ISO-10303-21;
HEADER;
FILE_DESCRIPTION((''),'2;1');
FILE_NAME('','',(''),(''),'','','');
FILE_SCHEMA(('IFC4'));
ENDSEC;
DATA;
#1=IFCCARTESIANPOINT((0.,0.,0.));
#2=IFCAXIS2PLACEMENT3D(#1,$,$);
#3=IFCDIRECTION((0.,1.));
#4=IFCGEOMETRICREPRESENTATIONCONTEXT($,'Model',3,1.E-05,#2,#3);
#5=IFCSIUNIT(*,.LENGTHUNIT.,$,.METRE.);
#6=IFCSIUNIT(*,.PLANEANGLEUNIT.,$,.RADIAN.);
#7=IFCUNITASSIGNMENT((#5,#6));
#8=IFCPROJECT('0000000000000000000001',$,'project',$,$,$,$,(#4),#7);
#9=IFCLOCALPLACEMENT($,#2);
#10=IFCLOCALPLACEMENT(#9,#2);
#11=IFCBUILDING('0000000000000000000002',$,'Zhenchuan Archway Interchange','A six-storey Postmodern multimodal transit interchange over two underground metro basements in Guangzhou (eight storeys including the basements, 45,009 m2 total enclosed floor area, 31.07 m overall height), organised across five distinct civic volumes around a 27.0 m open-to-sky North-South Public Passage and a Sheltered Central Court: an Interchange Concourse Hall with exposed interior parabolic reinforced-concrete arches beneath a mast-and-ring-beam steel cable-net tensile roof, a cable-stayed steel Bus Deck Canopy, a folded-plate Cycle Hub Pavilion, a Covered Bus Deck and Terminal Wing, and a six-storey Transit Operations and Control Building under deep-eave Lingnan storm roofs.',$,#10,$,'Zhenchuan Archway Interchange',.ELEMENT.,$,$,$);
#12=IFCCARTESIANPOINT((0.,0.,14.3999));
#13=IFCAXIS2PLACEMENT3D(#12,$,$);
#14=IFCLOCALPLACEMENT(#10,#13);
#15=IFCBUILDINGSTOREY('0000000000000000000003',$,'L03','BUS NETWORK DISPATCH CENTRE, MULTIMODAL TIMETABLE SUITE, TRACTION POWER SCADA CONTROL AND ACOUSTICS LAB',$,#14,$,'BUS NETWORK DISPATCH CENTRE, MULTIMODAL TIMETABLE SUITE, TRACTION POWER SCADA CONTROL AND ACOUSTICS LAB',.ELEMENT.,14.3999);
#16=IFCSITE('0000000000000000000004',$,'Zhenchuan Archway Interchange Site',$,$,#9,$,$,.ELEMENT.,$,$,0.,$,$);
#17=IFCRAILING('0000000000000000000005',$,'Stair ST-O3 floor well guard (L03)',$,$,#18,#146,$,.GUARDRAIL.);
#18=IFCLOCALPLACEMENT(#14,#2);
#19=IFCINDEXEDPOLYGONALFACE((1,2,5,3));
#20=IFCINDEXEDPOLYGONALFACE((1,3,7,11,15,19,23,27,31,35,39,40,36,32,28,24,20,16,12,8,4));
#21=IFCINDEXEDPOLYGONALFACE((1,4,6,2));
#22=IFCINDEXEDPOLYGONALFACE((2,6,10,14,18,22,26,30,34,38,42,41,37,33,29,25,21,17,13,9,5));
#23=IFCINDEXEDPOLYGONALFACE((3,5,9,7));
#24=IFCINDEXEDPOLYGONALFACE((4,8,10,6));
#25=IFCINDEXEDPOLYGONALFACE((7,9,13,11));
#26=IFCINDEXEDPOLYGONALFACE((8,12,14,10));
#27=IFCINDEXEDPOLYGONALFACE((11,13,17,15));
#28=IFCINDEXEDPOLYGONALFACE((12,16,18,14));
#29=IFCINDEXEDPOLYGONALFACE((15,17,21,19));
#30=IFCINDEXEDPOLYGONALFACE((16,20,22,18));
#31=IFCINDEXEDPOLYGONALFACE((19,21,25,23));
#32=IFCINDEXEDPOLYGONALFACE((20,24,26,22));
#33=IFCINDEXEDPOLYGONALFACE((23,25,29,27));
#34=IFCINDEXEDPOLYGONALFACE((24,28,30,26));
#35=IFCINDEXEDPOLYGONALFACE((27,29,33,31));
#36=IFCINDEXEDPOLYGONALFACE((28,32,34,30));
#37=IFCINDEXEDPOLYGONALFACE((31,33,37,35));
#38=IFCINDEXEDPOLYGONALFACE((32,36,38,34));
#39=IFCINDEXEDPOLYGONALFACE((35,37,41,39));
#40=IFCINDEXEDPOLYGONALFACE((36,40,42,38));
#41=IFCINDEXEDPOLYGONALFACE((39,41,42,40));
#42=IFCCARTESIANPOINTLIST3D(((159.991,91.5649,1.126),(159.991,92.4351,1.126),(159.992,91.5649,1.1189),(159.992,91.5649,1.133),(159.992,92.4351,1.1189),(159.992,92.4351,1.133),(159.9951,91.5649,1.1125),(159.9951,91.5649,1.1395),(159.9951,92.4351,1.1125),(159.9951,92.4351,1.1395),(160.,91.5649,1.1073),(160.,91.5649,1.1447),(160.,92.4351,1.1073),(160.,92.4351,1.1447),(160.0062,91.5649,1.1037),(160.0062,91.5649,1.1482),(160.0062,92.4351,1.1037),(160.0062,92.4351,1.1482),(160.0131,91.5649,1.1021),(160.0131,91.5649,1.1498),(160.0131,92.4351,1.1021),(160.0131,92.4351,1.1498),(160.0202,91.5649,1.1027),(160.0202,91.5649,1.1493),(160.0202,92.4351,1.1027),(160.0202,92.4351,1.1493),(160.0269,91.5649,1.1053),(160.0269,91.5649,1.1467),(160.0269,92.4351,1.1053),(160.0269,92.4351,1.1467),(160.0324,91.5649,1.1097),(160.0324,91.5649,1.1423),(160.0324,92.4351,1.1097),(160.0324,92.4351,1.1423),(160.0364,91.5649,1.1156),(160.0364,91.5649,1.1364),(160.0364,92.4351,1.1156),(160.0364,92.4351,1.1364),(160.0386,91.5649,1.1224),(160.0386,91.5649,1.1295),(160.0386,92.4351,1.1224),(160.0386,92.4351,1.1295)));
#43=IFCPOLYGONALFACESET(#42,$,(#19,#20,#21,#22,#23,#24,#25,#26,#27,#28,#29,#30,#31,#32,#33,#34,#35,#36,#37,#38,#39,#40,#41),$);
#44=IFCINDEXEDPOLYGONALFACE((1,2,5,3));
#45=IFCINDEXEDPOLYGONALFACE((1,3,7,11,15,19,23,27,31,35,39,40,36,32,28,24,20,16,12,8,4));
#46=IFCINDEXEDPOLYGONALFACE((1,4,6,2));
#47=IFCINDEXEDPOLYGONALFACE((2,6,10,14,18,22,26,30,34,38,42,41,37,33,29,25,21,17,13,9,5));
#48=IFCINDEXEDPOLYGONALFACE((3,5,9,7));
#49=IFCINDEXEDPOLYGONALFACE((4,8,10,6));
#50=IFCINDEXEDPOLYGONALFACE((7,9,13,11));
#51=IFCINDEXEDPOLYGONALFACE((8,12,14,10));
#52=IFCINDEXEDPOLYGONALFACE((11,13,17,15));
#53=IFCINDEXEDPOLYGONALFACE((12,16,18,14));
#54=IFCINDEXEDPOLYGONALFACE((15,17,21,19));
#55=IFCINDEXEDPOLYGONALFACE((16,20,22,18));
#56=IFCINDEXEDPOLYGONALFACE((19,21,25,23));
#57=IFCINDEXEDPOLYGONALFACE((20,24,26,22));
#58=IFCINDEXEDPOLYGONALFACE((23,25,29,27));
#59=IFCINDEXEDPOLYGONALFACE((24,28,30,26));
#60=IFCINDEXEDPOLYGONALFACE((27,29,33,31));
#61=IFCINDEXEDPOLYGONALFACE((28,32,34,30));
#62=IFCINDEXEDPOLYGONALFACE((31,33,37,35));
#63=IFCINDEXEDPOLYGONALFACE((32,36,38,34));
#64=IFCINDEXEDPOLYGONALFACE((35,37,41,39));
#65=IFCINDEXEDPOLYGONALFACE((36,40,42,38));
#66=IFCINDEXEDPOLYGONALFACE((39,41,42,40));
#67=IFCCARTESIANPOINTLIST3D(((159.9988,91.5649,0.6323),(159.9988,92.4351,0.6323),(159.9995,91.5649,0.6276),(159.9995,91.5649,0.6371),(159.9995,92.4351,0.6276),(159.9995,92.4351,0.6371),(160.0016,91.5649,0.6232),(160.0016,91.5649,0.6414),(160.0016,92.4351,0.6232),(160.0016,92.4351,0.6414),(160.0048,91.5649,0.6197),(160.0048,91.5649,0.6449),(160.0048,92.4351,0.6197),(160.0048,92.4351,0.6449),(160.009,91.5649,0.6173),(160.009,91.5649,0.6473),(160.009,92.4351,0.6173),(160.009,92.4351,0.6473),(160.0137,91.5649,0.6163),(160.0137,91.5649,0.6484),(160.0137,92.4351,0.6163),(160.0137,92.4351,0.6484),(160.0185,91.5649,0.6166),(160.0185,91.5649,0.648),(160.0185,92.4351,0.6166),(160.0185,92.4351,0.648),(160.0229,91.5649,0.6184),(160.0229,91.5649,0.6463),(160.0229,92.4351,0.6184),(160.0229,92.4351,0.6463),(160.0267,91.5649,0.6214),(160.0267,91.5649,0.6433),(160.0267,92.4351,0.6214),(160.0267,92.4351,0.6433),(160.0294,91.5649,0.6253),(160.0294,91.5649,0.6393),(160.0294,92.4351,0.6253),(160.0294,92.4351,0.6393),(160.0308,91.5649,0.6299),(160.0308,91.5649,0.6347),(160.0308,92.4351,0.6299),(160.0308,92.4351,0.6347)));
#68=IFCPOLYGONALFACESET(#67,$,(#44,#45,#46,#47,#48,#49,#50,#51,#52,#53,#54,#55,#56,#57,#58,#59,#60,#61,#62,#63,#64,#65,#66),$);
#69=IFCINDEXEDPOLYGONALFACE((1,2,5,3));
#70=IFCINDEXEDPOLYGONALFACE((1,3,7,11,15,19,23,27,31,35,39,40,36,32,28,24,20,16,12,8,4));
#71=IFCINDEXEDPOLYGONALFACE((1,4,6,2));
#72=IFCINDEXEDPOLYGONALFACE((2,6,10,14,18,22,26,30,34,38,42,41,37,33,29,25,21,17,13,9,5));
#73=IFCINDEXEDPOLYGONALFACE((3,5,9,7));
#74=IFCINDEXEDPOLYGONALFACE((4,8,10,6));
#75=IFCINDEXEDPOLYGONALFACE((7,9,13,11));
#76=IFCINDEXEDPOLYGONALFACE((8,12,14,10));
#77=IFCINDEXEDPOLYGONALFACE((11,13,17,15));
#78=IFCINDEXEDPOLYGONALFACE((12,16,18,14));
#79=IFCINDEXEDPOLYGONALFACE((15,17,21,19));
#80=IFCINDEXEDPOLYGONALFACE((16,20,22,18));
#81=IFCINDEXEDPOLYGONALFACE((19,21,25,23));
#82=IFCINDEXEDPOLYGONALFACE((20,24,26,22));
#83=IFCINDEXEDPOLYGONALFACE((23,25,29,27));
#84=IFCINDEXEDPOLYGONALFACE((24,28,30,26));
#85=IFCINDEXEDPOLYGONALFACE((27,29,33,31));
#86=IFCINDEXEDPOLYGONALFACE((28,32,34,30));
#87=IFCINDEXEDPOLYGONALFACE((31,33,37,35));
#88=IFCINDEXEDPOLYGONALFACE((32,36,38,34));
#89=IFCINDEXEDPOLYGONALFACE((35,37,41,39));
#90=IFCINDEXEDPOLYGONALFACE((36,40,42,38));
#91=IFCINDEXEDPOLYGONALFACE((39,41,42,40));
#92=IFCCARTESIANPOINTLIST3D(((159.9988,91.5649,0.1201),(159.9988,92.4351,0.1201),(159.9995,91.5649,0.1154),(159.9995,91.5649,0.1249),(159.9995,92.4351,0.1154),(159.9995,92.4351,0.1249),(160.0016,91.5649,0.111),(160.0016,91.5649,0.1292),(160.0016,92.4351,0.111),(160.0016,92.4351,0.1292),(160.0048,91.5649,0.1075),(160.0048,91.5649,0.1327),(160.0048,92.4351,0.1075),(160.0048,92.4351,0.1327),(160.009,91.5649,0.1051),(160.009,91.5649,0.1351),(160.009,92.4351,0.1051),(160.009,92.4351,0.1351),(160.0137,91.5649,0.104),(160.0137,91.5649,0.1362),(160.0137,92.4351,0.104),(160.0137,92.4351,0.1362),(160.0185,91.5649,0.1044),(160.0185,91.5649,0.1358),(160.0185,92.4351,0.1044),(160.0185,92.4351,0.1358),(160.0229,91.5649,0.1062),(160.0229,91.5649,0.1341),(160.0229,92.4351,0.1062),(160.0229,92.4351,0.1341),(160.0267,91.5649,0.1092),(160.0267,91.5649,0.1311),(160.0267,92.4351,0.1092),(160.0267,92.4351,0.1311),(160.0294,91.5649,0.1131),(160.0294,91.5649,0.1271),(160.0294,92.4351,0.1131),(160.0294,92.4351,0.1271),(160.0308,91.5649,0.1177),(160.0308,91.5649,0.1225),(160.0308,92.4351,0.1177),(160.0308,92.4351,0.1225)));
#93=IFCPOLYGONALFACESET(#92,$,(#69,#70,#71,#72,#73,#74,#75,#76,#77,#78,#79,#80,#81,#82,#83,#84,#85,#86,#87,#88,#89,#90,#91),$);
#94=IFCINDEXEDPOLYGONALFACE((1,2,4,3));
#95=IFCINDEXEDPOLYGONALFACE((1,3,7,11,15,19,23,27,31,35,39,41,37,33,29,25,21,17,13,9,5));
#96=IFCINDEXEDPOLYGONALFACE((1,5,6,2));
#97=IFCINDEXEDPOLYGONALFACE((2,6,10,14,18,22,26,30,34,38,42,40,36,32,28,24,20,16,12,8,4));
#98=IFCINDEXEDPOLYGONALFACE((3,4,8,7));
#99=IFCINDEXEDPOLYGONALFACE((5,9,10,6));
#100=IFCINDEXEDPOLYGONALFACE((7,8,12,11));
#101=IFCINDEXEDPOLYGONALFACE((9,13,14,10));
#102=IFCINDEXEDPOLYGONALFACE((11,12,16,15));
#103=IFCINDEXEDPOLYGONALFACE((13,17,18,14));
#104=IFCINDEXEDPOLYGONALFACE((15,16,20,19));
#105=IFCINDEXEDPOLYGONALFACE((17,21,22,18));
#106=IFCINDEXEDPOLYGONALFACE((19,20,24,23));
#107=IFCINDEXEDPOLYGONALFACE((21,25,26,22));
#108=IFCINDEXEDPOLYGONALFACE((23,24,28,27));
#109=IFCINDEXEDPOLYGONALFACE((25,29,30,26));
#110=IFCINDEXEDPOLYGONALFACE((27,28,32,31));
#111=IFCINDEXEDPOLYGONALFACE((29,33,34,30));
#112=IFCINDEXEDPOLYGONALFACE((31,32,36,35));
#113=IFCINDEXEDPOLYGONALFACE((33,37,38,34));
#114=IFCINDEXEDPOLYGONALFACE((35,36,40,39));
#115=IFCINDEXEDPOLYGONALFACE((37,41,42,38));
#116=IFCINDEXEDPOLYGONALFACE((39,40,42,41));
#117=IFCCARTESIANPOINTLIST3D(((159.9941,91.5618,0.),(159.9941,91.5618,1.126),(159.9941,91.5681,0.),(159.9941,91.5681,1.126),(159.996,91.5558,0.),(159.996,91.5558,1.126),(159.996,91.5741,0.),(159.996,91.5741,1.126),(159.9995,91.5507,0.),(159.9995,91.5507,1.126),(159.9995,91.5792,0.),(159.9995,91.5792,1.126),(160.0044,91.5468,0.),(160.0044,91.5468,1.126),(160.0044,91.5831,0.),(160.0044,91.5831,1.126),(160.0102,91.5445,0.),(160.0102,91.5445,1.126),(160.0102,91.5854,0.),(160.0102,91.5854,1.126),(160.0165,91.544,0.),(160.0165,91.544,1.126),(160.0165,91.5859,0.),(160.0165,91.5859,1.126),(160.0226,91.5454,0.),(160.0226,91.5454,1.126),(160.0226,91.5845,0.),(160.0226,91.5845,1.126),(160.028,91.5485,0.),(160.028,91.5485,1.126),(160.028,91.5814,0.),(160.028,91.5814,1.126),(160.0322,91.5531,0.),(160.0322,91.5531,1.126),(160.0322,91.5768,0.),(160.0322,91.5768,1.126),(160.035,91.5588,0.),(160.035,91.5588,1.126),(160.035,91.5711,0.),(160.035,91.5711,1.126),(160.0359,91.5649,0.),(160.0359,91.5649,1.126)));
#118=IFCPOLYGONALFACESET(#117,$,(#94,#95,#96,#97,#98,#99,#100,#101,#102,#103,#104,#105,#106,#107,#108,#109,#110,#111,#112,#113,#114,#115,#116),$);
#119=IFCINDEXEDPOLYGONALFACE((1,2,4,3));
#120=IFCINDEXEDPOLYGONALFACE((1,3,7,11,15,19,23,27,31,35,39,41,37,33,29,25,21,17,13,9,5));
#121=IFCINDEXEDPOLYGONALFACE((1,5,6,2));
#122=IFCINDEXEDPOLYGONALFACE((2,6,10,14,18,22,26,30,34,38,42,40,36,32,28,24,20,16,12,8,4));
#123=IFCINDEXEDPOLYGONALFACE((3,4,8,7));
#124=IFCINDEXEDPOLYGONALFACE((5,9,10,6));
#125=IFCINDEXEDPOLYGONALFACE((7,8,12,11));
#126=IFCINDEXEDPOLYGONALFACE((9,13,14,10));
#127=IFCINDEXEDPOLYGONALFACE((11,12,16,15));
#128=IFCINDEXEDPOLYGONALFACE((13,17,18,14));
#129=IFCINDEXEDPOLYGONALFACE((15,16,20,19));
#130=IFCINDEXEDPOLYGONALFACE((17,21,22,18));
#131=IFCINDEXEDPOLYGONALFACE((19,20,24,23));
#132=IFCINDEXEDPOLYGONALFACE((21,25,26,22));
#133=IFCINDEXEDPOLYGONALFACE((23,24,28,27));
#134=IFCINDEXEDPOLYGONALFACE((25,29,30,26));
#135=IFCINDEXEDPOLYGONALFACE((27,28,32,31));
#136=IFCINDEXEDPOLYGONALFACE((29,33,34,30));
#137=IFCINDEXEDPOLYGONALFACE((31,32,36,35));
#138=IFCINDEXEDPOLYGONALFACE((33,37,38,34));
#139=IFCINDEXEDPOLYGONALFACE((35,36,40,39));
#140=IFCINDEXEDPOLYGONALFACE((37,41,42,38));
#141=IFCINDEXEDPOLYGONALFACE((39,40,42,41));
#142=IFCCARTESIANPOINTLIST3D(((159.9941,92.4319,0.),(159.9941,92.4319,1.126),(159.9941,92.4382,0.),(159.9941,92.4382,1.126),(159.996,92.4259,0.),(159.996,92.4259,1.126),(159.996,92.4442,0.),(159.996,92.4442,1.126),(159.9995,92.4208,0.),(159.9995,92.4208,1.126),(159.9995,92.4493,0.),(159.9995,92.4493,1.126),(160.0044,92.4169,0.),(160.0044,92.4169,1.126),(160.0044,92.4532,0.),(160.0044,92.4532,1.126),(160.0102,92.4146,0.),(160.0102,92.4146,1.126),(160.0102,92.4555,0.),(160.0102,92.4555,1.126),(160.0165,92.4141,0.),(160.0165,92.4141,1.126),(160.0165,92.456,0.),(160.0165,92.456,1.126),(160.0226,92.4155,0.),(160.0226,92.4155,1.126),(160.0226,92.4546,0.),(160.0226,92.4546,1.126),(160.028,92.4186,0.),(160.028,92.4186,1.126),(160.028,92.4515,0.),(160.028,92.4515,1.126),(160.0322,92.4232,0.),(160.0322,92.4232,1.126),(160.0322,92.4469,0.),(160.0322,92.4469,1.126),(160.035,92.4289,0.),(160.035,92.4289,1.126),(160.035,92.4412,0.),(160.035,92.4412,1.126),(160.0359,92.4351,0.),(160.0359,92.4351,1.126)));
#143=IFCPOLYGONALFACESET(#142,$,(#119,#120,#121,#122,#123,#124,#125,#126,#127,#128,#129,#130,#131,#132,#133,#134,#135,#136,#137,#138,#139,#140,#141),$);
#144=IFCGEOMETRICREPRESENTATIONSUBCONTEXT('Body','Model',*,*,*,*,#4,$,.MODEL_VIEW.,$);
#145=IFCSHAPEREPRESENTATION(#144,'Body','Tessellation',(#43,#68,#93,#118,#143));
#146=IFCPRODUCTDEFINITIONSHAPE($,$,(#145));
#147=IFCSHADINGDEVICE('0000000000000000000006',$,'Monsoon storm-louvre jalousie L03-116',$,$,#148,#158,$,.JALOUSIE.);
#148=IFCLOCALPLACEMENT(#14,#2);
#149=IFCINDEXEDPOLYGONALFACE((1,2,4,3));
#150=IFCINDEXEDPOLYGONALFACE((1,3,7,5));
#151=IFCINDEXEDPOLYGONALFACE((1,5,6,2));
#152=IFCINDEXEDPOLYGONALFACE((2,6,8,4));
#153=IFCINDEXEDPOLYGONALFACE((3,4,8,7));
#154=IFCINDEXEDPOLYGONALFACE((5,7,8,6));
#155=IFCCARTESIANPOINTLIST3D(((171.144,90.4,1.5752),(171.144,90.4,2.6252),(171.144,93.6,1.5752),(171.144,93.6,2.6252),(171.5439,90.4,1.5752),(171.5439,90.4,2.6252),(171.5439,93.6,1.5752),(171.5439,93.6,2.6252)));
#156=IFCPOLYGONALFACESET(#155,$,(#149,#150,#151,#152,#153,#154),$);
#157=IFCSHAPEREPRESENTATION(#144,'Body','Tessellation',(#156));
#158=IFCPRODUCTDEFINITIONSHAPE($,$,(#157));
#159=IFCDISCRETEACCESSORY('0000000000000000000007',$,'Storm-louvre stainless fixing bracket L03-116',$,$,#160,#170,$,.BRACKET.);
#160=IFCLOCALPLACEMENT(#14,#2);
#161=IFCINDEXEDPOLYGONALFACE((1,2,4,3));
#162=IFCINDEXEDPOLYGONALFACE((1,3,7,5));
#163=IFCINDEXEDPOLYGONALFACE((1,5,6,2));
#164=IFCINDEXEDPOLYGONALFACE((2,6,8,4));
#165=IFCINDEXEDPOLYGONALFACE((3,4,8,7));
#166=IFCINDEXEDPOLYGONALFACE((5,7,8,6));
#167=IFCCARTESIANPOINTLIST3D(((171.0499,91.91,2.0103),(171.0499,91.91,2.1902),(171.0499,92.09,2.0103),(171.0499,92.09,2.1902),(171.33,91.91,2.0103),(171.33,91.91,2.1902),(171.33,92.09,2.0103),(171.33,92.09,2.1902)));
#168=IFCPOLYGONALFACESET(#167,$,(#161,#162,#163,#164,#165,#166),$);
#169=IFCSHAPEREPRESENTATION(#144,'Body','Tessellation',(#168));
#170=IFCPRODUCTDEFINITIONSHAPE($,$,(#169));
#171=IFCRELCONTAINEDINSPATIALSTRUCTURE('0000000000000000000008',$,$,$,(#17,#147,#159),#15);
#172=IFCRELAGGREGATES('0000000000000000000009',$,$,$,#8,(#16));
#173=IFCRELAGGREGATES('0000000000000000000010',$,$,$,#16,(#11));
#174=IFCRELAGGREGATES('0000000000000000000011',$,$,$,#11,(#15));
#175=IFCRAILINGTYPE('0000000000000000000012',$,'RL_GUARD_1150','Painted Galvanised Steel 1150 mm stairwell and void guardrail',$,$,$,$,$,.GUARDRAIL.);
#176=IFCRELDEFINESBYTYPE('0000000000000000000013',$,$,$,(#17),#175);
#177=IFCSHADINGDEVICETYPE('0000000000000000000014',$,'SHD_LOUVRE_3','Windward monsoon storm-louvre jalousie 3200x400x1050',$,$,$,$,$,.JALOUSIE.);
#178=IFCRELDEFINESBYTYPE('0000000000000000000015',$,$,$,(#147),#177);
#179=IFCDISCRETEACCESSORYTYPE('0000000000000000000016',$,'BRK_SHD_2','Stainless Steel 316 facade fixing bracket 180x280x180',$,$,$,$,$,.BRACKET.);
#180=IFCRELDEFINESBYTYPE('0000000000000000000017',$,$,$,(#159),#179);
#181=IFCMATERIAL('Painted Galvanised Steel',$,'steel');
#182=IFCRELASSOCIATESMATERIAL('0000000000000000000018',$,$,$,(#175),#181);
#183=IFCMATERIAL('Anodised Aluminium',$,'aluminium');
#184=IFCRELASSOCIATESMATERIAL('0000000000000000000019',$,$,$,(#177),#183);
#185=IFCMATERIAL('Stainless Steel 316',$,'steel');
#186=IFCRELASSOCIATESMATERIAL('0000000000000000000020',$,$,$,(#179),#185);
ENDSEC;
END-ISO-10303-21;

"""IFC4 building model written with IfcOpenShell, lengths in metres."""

from ifc_helpers import new_model, si_unit, direction, frame, origin, origin_2d, place, context, subcontext, project, spatial, rectangle, circle, extrude, material, type_object, element, save


model = new_model("IFC4")

# Units and contexts
model_context = context("Model", 3, precision=1e-05, world=origin(), true_north=direction((0.0, 1.0)))
body_context = subcontext(model_context, "Body", "Model", "MODEL_VIEW")
ifc_project = project(units=[si_unit("LENGTHUNIT", "METRE"), si_unit("PLANEANGLEUNIT", "RADIAN")], contexts=[model_context])

# Site, building, storey
site_placement = place(None, origin())
site = spatial("IfcSite", under=ifc_project, at=site_placement, Name="Zhenchuan Archway Interchange Site", CompositionType="ELEMENT", RefElevation=0.0)
building_placement = place(site_placement, origin())
building = spatial("IfcBuilding", under=site, at=building_placement, Name="Zhenchuan Archway Interchange", Description="A six-storey Postmodern multimodal transit interchange over two underground metro basements in Guangzhou (eight storeys including the basements, 45,009 m2 total enclosed floor area, 31.07 m overall height), organised across five distinct civic volumes around a 27.0 m open-to-sky North-South Public Passage and a Sheltered Central Court: an Interchange Concourse Hall with exposed interior parabolic reinforced-concrete arches beneath a mast-and-ring-beam steel cable-net tensile roof, a cable-stayed steel Bus Deck Canopy, a folded-plate Cycle Hub Pavilion, a Covered Bus Deck and Terminal Wing, and a six-storey Transit Operations and Control Building under deep-eave Lingnan storm roofs.", LongName="Zhenchuan Archway Interchange", CompositionType="ELEMENT")
storey_placement = place(building_placement, frame((0.0, 0.0, 14.3999)))
storey = spatial("IfcBuildingStorey", under=building, at=storey_placement, Name="L03", Description="BUS NETWORK DISPATCH CENTRE, MULTIMODAL TIMETABLE SUITE, TRACTION POWER SCADA CONTROL AND ACOUSTICS LAB", LongName="BUS NETWORK DISPATCH CENTRE, MULTIMODAL TIMETABLE SUITE, TRACTION POWER SCADA CONTROL AND ACOUSTICS LAB", CompositionType="ELEMENT", Elevation=14.3999)

# Shared definitions
ifc_material_1 = material(Name="Anodised Aluminium", Category="aluminium")

# Railing
ifc_material_2 = material(Name="Painted Galvanised Steel", Category="steel")
railing_type = type_object("IfcRailingType", Name="RL_GUARD_1150", Description="Painted Galvanised Steel 1150 mm stairwell and void guardrail", PredefinedType="GUARDRAIL", material=ifc_material_2)
railing_placement = place(storey_placement, frame((160.0149, 91.5649, 0.0)))
element("IfcRailing", 1, at=railing_placement, inside=storey, type_object=railing_type, Name="Stair ST-O3 floor well guard (L03)", PredefinedType="GUARDRAIL", context=body_context, shape_type="SweptSolid", body=[
    extrude(circle(Radius=0.0239, at=origin_2d()), frame((0.0, 0.0, 1.126), z_axis=(0.0, 1.0, 0.0), x_axis=(-1.0, 0.0, 0.0)), (0.0, 0.0, 1.0), 0.8701),
    extrude(circle(Radius=0.0161, at=origin_2d()), frame((0.0, 0.0, 0.6323), z_axis=(0.0, 1.0, 0.0), x_axis=(-1.0, 0.0, 0.0)), (0.0, 0.0, 1.0), 0.8701),
    extrude(circle(Radius=0.0161, at=origin_2d()), frame((0.0, 0.0, 0.1201), z_axis=(0.0, 1.0, 0.0), x_axis=(-1.0, 0.0, 0.0)), (0.0, 0.0, 1.0), 0.8701),
    extrude(circle(Radius=0.021, at=origin_2d()), origin(), (0.0, 0.0, 1.0), 1.126),
    extrude(circle(Radius=0.021, at=origin_2d()), frame((0.0, 0.8701, 0.0)), (0.0, 0.0, 1.0), 1.126),
])

# Shading device
shading_device_type = type_object("IfcShadingDeviceType", Name="SHD_LOUVRE_3", Description="Windward monsoon storm-louvre jalousie 3200x400x1050", PredefinedType="JALOUSIE", material=ifc_material_1)
shading_device_placement = place(storey_placement, frame((171.344, 92.0, 1.5752), z_axis=(0.0, 0.0, 1.0), x_axis=(0.0, -1.0, 0.0)))
element("IfcShadingDevice", 2, at=shading_device_placement, inside=storey, type_object=shading_device_type, Name="Monsoon storm-louvre jalousie L03-116", PredefinedType="JALOUSIE", context=body_context, shape_type="SweptSolid", body=[
    extrude(rectangle(XDim=3.2, YDim=0.3999, at=origin_2d()), origin(), (0.0, 0.0, 1.0), 1.05),
])

# Discrete accessory
ifc_material_3 = material(Name="Stainless Steel 316", Category="steel")
discrete_accessory_type = type_object("IfcDiscreteAccessoryType", Name="BRK_SHD_2", Description="Stainless Steel 316 facade fixing bracket 180x280x180", PredefinedType="BRACKET", material=ifc_material_3)
discrete_accessory_placement = place(storey_placement, frame((171.1899, 92.0, 2.0103), z_axis=(0.0, 0.0, 1.0), x_axis=(0.0, -1.0, 0.0)))
element("IfcDiscreteAccessory", 3, at=discrete_accessory_placement, inside=storey, type_object=discrete_accessory_type, Name="Storm-louvre stainless fixing bracket L03-116", PredefinedType="BRACKET", context=body_context, shape_type="SweptSolid", body=[
    extrude(rectangle(XDim=0.1799, YDim=0.28, at=origin_2d()), origin(), (0.0, 0.0, 1.0), 0.1799),
])

save(model, "model.ifc")
